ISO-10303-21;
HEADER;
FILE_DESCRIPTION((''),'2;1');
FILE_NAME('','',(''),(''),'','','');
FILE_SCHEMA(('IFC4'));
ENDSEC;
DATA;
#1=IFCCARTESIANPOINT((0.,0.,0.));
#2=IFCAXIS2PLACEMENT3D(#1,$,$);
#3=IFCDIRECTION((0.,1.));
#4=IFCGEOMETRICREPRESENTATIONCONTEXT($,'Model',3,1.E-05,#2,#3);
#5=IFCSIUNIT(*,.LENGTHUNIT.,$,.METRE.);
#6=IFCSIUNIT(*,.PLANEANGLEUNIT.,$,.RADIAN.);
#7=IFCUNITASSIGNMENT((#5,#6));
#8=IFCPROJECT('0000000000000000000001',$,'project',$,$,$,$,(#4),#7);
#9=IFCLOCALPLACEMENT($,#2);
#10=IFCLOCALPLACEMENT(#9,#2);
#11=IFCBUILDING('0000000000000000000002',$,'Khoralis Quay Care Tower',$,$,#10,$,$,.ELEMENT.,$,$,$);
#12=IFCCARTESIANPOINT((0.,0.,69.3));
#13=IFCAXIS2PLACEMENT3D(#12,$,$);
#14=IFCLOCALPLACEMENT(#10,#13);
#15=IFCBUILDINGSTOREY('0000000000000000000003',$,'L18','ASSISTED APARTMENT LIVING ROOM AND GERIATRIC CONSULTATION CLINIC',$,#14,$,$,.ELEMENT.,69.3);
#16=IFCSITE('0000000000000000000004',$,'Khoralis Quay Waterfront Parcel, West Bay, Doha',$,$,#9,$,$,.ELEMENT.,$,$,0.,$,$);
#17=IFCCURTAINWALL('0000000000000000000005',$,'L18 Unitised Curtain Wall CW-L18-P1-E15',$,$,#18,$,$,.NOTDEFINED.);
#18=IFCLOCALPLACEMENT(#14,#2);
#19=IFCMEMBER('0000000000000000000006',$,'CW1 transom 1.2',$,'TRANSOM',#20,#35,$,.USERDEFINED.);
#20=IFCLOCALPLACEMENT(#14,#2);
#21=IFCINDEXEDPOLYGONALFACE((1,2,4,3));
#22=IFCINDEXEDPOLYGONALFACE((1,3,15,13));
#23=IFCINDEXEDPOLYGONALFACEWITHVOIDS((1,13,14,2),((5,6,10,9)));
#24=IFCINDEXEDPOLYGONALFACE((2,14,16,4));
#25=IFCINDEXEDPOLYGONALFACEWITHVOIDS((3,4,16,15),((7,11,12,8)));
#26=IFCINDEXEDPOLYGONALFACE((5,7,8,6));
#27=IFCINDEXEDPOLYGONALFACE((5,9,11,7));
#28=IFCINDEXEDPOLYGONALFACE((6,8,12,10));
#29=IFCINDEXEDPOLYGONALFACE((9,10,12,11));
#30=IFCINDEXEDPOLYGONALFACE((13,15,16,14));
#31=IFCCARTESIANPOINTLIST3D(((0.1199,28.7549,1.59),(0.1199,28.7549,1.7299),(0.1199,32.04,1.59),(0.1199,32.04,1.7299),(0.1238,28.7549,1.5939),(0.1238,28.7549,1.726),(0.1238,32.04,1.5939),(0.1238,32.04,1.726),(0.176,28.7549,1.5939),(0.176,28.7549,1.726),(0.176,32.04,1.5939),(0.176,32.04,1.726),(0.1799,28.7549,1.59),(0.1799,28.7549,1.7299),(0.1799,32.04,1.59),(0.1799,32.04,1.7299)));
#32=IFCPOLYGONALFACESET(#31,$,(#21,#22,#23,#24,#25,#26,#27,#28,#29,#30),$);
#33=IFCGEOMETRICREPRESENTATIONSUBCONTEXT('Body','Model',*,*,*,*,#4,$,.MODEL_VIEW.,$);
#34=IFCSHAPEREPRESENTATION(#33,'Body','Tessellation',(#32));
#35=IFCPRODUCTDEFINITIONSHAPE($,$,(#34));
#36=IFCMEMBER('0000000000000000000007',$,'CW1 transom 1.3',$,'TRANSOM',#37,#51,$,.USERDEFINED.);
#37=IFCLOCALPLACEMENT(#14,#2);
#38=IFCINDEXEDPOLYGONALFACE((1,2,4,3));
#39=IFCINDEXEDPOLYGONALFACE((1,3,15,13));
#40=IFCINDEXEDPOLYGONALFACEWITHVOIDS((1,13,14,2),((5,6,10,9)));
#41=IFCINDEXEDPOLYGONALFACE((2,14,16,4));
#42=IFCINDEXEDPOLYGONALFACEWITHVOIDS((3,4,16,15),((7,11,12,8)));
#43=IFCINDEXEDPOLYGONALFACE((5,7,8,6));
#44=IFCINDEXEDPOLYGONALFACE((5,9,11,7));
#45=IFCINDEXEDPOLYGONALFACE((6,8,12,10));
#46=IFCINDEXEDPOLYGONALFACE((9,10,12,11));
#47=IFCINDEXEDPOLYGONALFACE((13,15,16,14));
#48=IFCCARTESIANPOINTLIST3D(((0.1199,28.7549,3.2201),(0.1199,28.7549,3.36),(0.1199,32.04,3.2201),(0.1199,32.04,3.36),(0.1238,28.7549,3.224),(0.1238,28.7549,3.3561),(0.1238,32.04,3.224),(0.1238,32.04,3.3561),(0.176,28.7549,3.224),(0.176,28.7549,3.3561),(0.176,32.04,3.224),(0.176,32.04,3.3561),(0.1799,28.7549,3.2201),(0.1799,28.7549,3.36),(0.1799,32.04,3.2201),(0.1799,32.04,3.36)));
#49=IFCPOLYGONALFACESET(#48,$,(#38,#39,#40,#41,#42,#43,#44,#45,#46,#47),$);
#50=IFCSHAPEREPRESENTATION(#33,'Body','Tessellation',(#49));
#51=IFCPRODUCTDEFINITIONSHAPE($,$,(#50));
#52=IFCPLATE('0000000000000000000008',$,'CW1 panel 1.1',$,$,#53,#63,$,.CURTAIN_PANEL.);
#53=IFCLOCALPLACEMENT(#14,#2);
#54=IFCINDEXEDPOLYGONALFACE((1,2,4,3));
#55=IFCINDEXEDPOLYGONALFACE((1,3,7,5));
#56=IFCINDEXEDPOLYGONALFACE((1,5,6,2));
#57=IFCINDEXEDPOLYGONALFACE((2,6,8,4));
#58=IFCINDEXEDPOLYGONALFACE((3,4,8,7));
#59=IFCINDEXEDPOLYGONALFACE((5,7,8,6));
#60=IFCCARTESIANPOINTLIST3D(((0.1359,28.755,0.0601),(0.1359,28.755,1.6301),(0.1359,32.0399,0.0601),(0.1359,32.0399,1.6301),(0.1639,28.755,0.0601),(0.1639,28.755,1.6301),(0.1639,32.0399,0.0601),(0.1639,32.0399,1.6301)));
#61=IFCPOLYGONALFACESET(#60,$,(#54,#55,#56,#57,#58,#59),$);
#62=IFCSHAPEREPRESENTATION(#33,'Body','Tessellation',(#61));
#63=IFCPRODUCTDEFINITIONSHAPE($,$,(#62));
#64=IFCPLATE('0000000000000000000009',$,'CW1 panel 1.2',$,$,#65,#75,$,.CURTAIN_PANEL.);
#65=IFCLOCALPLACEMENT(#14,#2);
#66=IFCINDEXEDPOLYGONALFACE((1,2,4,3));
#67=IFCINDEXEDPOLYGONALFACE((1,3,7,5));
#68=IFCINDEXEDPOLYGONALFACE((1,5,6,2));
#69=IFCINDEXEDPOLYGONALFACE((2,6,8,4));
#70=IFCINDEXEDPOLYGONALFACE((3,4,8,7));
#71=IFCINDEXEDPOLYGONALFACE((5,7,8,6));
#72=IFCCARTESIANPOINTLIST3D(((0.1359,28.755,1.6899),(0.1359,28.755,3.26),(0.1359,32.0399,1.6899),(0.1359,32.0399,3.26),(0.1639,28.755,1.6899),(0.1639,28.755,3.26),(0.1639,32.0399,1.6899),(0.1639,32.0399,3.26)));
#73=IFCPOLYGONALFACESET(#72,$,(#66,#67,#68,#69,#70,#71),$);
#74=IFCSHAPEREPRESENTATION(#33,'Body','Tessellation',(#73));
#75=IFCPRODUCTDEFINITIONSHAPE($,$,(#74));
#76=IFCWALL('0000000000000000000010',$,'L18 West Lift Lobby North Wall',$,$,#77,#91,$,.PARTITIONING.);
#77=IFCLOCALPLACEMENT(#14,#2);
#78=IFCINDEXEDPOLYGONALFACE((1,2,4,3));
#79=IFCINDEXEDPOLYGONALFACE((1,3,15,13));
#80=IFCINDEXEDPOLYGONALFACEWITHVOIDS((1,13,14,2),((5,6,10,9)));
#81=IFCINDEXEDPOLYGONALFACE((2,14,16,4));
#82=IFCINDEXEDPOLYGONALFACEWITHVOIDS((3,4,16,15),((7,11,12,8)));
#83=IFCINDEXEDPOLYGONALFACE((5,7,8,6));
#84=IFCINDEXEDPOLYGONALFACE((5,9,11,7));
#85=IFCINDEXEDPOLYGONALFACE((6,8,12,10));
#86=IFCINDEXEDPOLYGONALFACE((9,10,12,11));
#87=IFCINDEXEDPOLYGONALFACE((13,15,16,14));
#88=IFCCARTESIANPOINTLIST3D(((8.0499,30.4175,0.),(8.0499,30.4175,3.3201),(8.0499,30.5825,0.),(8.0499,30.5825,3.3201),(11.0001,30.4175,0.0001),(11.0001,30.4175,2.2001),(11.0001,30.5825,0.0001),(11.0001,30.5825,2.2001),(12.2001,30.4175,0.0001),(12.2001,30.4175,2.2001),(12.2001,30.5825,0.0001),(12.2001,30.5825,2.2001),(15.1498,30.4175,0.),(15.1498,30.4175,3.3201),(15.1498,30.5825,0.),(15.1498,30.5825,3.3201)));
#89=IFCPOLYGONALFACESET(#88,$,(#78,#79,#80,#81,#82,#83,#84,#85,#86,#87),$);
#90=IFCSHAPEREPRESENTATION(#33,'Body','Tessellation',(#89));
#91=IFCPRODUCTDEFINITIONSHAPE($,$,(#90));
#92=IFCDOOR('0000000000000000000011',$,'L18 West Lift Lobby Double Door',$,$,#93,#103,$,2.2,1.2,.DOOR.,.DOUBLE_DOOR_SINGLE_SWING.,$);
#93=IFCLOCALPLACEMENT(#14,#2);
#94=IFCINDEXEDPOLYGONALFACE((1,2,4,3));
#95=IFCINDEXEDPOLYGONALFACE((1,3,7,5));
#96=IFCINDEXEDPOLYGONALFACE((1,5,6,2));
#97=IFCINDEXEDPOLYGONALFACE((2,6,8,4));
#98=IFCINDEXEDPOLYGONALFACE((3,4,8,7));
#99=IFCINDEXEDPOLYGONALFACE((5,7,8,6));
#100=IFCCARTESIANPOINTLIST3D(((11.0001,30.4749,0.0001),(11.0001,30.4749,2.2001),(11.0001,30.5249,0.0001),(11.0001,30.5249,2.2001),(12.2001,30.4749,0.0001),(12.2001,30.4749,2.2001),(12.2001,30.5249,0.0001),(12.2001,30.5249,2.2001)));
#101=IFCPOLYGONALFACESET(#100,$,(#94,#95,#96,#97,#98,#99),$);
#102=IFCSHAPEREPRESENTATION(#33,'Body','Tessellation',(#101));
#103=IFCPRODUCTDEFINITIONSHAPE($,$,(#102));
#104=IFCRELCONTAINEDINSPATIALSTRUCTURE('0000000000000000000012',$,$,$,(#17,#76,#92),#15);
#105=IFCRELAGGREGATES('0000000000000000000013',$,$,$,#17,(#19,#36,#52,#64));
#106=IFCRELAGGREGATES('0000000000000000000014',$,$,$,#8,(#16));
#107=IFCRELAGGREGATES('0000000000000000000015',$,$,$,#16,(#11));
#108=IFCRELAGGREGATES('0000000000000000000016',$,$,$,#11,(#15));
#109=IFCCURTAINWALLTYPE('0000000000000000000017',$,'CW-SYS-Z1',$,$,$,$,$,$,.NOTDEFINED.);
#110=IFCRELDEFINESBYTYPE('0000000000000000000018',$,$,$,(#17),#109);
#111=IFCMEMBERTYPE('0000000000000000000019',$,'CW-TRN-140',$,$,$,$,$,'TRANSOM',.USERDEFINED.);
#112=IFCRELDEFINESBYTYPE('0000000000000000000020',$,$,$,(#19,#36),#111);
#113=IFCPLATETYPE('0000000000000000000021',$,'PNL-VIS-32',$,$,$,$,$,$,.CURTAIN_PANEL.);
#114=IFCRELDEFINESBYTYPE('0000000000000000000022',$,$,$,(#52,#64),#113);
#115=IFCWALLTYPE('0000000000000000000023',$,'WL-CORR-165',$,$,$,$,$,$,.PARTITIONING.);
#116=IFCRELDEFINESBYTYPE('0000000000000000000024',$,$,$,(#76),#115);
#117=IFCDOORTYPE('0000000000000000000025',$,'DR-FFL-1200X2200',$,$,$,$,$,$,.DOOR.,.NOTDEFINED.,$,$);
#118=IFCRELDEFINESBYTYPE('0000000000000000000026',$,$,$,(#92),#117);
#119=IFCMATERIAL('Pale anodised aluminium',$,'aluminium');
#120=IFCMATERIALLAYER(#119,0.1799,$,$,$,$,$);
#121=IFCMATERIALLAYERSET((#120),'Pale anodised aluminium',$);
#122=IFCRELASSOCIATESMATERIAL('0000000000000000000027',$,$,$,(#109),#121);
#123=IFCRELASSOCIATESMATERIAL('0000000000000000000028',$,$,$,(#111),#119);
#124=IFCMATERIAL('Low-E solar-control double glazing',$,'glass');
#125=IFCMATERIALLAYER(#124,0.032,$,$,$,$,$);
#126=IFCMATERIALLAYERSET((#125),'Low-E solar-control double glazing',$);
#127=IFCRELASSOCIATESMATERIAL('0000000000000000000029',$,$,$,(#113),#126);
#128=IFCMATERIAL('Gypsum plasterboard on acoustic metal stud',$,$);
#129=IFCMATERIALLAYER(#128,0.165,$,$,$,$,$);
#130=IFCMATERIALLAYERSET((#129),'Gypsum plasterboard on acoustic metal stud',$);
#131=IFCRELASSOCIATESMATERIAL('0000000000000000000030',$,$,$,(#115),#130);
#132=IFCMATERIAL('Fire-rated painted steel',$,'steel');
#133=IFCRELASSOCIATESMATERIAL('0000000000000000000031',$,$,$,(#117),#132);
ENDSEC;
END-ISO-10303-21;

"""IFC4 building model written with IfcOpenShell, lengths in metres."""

from ifc_helpers import new_model, si_unit, direction, frame, frame_2d, origin, origin_2d, place, context, subcontext, project, spatial, rectangle, hollow_rectangle, extrude, source, transform, mapped, material, layer, layer_set, material_profile, profile_set, type_object, element, fill, aggregate, save


model = new_model("IFC4")

# Units and contexts
model_context = context("Model", 3, precision=1e-05, world=origin(), true_north=direction((0.0, 1.0)))
body_context = subcontext(model_context, "Body", "Model", "MODEL_VIEW")
ifc_project = project(units=[si_unit("LENGTHUNIT", "METRE"), si_unit("PLANEANGLEUNIT", "RADIAN")], contexts=[model_context])

# Site, building, storey
site_placement = place(None, origin())
site = spatial("IfcSite", under=ifc_project, at=site_placement, Name="Khoralis Quay Waterfront Parcel, West Bay, Doha", CompositionType="ELEMENT", RefElevation=0.0)
building_placement = place(site_placement, origin())
building = spatial("IfcBuilding", under=site, at=building_placement, Name="Khoralis Quay Care Tower", CompositionType="ELEMENT")
storey_placement = place(building_placement, frame((0.0, 0.0, 69.3)))
storey = spatial("IfcBuildingStorey", under=building, at=storey_placement, Name="L18", Description="ASSISTED APARTMENT LIVING ROOM AND GERIATRIC CONSULTATION CLINIC", CompositionType="ELEMENT", Elevation=69.3)

# Curtain wall, members, plates
ifc_material_1 = material(Name="Pale anodised aluminium", Category="aluminium")
ifc_layer_1 = layer(ifc_material_1, 0.1799)
ifc_layer_set_1 = layer_set([ifc_layer_1], Name="Pale anodised aluminium")
curtain_wall_type = type_object("IfcCurtainWallType", Name="CW-SYS-Z1", PredefinedType="NOTDEFINED", material=ifc_layer_set_1)
curtain_wall_placement = place(storey_placement, origin())
curtain_wall = element("IfcCurtainWall", 1, at=curtain_wall_placement, inside=storey, type_object=curtain_wall_type, Name="L18 Unitised Curtain Wall CW-L18-P1-E15", PredefinedType="NOTDEFINED")
ifc_material_profile_1 = material_profile(ifc_material_1, hollow_rectangle(XDim=0.0601, YDim=0.1399, WallThickness=0.0039, at=origin_2d()), Name="Pale anodised aluminium")
ifc_profile_set_1 = profile_set([ifc_material_profile_1], Name="Pale anodised aluminium")
member_type_1 = type_object("IfcMemberType", Name="CW-TRN-140", ElementType="TRANSOM", PredefinedType="USERDEFINED", material=ifc_profile_set_1)
shared_shape_1 = source(origin(), body_context, "Body", "SweptSolid", [
    extrude(hollow_rectangle(XDim=0.0601, YDim=0.1399, WallThickness=0.0039, at=origin_2d()), origin(), (0.0, 0.0, 1.0), 3.2852),
])
member_1_placement = place(storey_placement, frame((0.1499, 32.04, 1.6599), z_axis=(0.0, -1.0, 0.0), x_axis=(1.0, 0.0, 0.0)))
member_1 = element("IfcMember", 2, at=member_1_placement, type_object=member_type_1, Name="CW1 transom 1.2", ObjectType="TRANSOM", PredefinedType="USERDEFINED", context=body_context, shape_type="MappedRepresentation", body=[
    mapped(shared_shape_1, transform((0.0, 0.0, 0.0), scale=1.0)),
])
member_2_placement = place(storey_placement, frame((0.1499, 32.04, 3.29), z_axis=(0.0, -1.0, 0.0), x_axis=(1.0, 0.0, 0.0)))
member_2 = element("IfcMember", 3, at=member_2_placement, type_object=member_type_1, Name="CW1 transom 1.3", ObjectType="TRANSOM", PredefinedType="USERDEFINED", context=body_context, shape_type="MappedRepresentation", body=[
    mapped(shared_shape_1, transform((0.0, 0.0, 0.0), scale=1.0)),
])
ifc_material_2 = material(Name="Low-E solar-control double glazing", Category="glass")
ifc_layer_2 = layer(ifc_material_2, 0.032)
ifc_layer_set_2 = layer_set([ifc_layer_2], Name="Low-E solar-control double glazing")
plate_type = type_object("IfcPlateType", Name="PNL-VIS-32", PredefinedType="CURTAIN_PANEL", material=ifc_layer_set_2)
shared_shape_2 = source(origin(), body_context, "Body", "SweptSolid", [
    extrude(rectangle(XDim=3.2849, YDim=0.0281, at=origin_2d()), origin(), (0.0, 0.0, 1.0), 1.5701),
])
plate_1_placement = place(storey_placement, frame((0.1499, 30.3975, 0.0601), z_axis=(0.0, 0.0, 1.0), x_axis=(0.0, -1.0, 0.0)))
plate_1 = element("IfcPlate", 4, at=plate_1_placement, type_object=plate_type, Name="CW1 panel 1.1", PredefinedType="CURTAIN_PANEL", context=body_context, shape_type="MappedRepresentation", body=[
    mapped(shared_shape_2, transform((0.0, 0.0, 0.0), scale=1.0)),
])
plate_2_placement = place(storey_placement, frame((0.1499, 30.3975, 1.6899), z_axis=(0.0, 0.0, 1.0), x_axis=(0.0, -1.0, 0.0)))
plate_2 = element("IfcPlate", 5, at=plate_2_placement, type_object=plate_type, Name="CW1 panel 1.2", PredefinedType="CURTAIN_PANEL", context=body_context, shape_type="MappedRepresentation", body=[
    mapped(shared_shape_2, transform((0.0, 0.0, 0.0), scale=1.0)),
])
aggregate(curtain_wall, [member_1, member_2, plate_1, plate_2])

# Wall, opening, door
ifc_material_3 = material(Name="Gypsum plasterboard on acoustic metal stud")
ifc_layer_3 = layer(ifc_material_3, 0.165)
ifc_layer_set_3 = layer_set([ifc_layer_3], Name="Gypsum plasterboard on acoustic metal stud")
wall_type_1 = type_object("IfcWallType", Name="WL-CORR-165", PredefinedType="PARTITIONING", material=ifc_layer_set_3)
wall_1_placement = place(storey_placement, frame((8.05, 30.5, 0.0), z_axis=(0.0, 0.0, 1.0), x_axis=(1.0, 0.0, 0.0)))
wall_1 = element("IfcWall", 6, at=wall_1_placement, inside=storey, type_object=wall_type_1, Name="L18 West Lift Lobby North Wall", PredefinedType="PARTITIONING", context=body_context, shape_type="SweptSolid", body=[
    extrude(rectangle(XDim=7.0999, YDim=0.165, at=frame_2d((3.5498, 0.0))), origin(), (0.0, 0.0, 1.0), 3.3201),
])
opening_1_placement = place(wall_1_placement, frame((2.95, 0.0, 0.0)))
opening_1 = element("IfcOpeningElement", 7, at=opening_1_placement, cuts=wall_1, PredefinedType="OPENING", context=body_context, shape_type="SweptSolid", body=[
    extrude(rectangle(XDim=1.2, YDim=2.2, at=frame_2d((0.6001, 1.1001))), frame((0.0, 0.0925, 0.0), z_axis=(0.0, -1.0, 0.0), x_axis=(1.0, 0.0, 0.0)), (0.0, 0.0, 1.0), 0.1851),
])
ifc_material_4 = material(Name="Fire-rated painted steel", Category="steel")
door_type_1 = type_object("IfcDoorType", Name="DR-FFL-1200X2200", OperationType="NOTDEFINED", PredefinedType="DOOR", material=ifc_material_4)
shared_shape_3 = source(origin(), body_context, "Body", "SweptSolid", [
    extrude(rectangle(XDim=1.2, YDim=2.2, at=frame_2d((0.6001, 1.1001))), frame((0.0, 0.0249, 0.0), z_axis=(0.0, -1.0, 0.0), x_axis=(1.0, 0.0, 0.0)), (0.0, 0.0, 1.0), 0.05),
])
door_1_placement = place(opening_1_placement, origin())
door_1 = element("IfcDoor", 8, at=door_1_placement, inside=storey, type_object=door_type_1, Name="L18 West Lift Lobby Double Door", OperationType="DOUBLE_DOOR_SINGLE_SWING", OverallHeight=2.2, OverallWidth=1.2, PredefinedType="DOOR", context=body_context, shape_type="MappedRepresentation", body=[
    mapped(shared_shape_3, transform((0.0, 0.0, 0.0), scale=1.0)),
])
fill(opening_1, door_1)

save(model, "model.ifc")
